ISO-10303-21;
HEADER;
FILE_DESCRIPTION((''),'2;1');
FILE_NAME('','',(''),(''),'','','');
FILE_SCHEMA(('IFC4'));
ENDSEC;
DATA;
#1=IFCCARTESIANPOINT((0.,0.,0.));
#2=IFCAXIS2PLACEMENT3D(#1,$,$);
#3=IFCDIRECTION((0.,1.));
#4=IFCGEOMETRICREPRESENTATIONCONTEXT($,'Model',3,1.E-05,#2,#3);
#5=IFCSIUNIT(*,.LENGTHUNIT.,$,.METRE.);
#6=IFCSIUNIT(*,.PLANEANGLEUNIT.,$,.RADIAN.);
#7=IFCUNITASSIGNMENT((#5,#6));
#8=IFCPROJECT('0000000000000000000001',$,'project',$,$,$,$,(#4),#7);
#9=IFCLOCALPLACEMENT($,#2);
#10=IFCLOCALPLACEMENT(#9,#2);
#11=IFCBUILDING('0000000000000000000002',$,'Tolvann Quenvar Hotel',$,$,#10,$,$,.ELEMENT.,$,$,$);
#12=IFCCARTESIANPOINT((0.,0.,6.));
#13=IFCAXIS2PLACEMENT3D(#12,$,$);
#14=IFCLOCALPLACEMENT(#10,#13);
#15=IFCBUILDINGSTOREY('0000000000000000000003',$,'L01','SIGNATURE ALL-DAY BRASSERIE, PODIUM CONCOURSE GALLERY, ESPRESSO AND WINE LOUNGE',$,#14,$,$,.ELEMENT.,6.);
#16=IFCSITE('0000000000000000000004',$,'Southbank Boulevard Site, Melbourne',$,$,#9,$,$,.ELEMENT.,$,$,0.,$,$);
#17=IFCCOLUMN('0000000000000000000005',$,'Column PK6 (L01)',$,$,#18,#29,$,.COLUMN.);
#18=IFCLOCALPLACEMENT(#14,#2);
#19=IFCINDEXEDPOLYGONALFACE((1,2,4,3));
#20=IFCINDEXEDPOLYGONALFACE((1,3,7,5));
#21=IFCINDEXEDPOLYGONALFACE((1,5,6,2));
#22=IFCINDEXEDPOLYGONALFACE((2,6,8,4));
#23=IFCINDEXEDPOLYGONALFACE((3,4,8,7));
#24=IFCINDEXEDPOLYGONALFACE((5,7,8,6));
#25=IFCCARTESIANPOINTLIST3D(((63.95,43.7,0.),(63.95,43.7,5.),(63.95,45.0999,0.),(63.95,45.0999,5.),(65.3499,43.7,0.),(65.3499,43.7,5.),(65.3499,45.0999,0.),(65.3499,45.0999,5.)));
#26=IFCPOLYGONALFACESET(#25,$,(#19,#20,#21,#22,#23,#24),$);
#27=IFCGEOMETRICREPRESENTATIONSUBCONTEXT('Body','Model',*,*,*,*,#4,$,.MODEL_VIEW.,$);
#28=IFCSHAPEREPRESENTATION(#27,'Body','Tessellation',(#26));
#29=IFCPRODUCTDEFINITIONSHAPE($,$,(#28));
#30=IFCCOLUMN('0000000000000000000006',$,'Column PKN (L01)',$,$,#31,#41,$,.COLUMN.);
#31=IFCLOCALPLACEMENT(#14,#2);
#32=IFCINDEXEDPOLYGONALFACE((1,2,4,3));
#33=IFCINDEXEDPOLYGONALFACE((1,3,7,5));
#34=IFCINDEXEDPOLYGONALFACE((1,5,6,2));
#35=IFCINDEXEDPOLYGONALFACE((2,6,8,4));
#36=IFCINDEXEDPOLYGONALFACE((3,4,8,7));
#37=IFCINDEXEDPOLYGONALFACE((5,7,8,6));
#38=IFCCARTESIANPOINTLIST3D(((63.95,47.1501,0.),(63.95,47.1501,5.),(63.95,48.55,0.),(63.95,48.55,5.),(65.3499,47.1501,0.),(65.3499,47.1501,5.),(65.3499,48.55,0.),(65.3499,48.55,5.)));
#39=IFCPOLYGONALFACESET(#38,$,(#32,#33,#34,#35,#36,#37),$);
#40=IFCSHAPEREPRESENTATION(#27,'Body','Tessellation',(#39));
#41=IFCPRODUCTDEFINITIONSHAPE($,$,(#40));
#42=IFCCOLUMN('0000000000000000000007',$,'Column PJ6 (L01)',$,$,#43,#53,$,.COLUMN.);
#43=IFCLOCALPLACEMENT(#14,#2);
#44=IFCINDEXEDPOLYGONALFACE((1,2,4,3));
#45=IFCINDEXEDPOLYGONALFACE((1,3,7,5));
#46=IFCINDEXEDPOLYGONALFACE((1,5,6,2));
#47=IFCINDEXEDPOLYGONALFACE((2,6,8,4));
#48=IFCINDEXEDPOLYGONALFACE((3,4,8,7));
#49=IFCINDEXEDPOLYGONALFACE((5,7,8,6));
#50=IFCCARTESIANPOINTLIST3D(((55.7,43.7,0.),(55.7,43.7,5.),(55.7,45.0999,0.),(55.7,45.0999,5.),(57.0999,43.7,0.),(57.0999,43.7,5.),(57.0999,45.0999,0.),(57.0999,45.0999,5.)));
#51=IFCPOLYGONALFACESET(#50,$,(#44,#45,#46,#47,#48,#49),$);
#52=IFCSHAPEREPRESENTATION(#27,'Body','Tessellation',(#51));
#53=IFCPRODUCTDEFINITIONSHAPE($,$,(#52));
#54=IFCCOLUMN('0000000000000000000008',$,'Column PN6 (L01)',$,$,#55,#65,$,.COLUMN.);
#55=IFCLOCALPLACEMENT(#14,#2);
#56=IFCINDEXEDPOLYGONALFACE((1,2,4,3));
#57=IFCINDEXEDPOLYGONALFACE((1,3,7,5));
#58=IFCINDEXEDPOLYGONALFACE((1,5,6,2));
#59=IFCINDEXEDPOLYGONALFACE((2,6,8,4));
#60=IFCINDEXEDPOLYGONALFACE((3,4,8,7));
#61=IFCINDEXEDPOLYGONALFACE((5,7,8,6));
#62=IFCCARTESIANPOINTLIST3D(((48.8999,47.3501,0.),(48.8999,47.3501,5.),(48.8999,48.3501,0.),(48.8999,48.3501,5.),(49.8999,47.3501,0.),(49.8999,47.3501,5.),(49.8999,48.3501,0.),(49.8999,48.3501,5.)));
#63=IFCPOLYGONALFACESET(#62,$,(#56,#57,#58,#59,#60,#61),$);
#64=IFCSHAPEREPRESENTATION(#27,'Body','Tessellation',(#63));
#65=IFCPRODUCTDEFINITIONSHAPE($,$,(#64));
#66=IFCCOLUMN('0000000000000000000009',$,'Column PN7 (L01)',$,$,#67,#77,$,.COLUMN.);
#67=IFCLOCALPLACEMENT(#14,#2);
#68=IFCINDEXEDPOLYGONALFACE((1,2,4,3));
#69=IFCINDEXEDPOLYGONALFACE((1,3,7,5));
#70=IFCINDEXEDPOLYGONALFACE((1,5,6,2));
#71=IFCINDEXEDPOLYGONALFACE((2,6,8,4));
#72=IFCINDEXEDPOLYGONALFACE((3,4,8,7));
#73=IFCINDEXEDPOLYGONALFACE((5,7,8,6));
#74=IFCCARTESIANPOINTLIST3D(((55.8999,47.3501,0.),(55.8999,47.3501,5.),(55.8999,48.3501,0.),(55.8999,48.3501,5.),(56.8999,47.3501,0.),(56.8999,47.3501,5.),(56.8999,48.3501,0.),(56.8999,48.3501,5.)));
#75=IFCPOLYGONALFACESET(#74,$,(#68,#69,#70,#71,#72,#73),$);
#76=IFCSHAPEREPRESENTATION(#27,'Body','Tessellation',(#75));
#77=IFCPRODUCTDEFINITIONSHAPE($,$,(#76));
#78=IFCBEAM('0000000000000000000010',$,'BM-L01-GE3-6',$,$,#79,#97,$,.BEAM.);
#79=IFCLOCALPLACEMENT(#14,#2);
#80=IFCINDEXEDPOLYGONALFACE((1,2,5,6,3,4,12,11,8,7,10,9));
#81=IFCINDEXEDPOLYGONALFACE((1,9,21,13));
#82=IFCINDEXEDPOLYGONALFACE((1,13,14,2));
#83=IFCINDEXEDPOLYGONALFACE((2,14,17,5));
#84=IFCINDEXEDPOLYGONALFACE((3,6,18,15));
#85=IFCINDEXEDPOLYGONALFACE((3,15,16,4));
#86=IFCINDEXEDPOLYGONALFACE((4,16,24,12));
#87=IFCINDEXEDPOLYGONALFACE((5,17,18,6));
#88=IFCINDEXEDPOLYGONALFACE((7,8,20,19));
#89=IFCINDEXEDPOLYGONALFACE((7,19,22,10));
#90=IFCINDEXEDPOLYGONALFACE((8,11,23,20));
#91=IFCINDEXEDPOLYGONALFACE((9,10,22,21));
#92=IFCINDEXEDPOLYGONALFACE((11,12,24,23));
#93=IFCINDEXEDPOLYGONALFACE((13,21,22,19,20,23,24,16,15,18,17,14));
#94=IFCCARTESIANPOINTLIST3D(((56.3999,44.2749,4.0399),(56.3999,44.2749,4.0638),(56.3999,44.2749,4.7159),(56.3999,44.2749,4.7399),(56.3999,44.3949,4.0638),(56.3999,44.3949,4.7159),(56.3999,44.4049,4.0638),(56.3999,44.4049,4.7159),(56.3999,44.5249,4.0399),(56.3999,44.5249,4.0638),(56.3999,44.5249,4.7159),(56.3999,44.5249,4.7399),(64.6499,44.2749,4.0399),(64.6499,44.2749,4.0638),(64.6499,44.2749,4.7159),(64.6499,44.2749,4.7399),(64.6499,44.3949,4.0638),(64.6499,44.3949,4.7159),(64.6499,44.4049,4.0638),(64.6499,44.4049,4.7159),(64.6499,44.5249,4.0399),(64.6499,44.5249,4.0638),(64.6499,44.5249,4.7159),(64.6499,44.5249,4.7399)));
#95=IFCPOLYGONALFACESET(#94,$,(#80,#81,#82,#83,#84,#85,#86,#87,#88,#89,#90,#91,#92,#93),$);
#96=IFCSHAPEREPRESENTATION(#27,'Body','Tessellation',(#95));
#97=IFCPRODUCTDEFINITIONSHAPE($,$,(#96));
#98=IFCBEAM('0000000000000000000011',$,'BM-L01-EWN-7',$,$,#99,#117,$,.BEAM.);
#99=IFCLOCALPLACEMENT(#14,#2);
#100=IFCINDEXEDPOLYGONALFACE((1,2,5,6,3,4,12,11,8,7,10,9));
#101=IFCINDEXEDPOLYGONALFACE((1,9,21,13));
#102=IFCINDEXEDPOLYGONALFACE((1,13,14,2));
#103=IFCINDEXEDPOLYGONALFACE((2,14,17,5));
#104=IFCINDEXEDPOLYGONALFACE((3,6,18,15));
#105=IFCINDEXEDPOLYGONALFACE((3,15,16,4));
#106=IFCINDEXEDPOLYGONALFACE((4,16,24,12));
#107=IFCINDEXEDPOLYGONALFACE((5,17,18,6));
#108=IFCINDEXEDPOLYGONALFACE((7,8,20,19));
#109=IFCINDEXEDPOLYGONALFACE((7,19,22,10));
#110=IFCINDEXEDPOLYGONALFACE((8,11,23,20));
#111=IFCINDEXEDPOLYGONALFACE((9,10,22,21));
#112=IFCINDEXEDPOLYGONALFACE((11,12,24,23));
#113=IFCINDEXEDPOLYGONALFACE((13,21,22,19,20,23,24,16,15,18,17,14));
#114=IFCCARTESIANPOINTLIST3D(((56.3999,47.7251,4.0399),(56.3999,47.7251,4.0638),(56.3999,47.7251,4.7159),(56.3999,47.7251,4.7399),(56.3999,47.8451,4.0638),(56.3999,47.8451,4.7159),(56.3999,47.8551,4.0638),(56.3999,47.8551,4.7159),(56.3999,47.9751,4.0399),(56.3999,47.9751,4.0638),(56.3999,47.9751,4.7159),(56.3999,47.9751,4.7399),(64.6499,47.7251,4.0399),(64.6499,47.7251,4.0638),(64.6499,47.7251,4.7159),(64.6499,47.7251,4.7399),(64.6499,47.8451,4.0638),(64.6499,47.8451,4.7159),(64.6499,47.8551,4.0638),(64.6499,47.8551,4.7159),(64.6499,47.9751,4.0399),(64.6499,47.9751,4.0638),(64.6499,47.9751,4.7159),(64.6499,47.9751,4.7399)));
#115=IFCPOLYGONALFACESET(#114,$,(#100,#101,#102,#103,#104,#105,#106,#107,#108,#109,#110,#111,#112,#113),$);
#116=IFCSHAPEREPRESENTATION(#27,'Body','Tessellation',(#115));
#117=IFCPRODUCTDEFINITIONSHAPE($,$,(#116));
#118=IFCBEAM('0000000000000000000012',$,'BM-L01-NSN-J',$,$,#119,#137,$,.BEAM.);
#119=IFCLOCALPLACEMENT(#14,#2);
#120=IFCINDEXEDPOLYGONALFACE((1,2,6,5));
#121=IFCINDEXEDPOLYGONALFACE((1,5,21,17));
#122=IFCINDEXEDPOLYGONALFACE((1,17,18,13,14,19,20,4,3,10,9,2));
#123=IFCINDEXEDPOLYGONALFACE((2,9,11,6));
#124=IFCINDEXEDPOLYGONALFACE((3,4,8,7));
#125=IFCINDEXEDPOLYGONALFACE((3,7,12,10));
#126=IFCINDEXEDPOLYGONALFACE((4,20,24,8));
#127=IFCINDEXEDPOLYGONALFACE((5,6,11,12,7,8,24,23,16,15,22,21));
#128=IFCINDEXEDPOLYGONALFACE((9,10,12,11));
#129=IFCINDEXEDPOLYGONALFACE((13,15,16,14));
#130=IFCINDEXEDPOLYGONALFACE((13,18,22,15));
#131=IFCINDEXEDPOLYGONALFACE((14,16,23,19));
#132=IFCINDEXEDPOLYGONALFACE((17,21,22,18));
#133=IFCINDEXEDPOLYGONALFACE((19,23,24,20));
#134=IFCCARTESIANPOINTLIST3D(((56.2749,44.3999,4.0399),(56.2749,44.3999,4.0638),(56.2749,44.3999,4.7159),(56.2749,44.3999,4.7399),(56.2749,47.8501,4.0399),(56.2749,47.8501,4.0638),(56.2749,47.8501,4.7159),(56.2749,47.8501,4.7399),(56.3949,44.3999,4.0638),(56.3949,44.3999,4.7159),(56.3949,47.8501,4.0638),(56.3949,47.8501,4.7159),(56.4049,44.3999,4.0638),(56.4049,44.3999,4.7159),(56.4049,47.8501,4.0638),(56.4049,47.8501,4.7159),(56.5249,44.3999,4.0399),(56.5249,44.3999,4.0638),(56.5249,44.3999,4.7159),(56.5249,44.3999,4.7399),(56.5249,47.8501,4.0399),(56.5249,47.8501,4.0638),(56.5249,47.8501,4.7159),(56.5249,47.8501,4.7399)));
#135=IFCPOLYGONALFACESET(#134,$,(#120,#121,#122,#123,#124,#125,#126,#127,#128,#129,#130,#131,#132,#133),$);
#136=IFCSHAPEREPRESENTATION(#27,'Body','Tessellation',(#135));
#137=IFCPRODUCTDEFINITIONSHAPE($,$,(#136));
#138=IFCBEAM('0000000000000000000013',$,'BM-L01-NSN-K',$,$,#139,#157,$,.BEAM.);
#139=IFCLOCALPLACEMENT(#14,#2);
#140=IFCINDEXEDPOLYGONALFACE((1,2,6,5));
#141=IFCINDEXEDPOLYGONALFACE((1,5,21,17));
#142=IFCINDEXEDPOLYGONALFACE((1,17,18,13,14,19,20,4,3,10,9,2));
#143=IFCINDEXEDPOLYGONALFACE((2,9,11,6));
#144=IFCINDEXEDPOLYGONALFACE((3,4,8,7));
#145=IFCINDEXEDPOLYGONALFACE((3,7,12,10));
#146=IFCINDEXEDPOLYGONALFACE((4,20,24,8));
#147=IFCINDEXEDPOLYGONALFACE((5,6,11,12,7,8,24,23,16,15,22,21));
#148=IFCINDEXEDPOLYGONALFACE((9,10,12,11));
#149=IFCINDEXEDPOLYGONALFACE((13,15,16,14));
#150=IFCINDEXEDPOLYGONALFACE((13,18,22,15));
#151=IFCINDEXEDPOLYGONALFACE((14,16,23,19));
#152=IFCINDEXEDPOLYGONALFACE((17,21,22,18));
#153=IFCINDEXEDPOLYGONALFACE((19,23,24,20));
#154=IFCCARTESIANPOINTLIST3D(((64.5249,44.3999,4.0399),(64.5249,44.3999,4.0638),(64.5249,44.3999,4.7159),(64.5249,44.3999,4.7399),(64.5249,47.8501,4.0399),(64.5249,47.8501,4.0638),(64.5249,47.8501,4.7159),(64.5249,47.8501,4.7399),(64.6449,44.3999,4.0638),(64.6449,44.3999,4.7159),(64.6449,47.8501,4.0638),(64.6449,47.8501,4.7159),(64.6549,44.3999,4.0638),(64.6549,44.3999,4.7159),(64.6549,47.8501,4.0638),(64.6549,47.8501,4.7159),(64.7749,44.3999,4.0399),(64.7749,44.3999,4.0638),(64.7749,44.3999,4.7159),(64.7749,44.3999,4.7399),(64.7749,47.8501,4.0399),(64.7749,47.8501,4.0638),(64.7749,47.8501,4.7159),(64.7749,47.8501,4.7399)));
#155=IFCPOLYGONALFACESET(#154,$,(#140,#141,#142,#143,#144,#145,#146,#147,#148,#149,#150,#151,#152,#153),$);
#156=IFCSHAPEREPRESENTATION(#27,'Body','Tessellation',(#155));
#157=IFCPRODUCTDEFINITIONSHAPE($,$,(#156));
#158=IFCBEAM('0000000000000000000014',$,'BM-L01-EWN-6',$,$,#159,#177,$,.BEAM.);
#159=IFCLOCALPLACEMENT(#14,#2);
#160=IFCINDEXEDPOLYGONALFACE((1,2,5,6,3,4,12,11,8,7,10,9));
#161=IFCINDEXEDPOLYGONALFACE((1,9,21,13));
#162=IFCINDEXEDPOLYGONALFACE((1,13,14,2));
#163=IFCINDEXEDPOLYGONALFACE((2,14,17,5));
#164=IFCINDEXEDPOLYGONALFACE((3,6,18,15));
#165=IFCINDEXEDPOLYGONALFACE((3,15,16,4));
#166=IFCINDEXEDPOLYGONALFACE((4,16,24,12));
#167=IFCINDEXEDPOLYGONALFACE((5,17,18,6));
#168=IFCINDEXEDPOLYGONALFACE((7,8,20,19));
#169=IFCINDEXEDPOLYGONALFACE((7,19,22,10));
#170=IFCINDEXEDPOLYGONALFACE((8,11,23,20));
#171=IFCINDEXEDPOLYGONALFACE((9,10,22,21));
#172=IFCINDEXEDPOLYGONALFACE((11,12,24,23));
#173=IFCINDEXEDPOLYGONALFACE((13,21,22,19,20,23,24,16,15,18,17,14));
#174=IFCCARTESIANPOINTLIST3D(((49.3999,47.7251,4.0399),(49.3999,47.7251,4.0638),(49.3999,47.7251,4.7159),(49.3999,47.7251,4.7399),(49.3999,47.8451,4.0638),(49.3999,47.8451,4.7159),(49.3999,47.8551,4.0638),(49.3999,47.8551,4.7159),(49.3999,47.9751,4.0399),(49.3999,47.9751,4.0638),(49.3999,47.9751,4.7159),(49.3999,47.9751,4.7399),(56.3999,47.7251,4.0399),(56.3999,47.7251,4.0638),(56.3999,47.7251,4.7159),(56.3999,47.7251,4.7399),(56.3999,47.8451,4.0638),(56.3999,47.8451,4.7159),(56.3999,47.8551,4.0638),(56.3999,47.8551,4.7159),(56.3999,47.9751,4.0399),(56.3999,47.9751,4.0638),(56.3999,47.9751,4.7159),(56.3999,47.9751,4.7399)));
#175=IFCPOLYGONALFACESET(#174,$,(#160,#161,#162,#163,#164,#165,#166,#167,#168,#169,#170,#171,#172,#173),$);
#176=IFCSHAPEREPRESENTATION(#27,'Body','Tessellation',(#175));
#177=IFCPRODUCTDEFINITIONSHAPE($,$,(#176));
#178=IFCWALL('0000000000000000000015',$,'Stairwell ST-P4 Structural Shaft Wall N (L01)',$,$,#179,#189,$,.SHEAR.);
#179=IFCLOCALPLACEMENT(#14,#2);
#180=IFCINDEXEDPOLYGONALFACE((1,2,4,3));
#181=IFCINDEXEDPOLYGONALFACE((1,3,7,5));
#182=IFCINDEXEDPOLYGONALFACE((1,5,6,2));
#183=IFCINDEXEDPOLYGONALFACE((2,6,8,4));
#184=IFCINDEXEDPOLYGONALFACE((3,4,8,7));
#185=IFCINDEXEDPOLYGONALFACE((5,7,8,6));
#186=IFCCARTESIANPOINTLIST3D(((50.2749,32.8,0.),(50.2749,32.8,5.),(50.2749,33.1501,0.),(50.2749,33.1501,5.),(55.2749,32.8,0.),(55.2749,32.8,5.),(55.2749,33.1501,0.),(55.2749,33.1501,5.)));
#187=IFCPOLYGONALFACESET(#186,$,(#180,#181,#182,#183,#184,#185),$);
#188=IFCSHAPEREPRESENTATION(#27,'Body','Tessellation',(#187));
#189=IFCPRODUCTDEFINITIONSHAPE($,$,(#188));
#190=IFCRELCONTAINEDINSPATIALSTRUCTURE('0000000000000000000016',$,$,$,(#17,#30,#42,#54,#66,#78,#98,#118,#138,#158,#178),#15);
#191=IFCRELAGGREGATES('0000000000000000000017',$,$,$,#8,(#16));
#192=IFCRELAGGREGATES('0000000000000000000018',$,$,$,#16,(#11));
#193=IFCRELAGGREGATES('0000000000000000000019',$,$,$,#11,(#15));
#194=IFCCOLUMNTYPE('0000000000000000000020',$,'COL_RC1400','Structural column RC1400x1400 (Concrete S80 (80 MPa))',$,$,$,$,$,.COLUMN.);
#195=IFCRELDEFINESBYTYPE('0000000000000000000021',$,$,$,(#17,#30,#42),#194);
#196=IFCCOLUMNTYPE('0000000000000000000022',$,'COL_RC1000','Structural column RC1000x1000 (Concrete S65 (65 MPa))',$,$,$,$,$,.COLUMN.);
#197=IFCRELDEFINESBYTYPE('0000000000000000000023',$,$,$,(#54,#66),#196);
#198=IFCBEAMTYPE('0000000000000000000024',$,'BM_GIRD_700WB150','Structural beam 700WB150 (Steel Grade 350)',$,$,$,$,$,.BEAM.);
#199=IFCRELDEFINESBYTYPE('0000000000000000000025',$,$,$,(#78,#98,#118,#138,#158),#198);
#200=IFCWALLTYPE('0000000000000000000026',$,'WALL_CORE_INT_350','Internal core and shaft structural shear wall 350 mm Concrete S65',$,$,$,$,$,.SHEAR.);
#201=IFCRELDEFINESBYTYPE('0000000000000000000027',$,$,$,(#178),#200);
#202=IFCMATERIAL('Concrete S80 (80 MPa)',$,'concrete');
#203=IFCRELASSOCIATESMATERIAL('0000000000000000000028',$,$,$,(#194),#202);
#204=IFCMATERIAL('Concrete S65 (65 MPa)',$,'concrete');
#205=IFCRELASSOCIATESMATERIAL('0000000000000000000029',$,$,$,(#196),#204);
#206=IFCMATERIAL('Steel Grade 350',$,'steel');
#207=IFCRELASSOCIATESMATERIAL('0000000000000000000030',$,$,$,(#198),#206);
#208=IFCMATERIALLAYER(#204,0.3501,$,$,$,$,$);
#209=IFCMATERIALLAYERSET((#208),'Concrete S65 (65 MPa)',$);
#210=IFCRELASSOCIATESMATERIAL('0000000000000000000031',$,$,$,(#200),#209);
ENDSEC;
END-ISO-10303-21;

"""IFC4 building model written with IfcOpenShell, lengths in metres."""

from ifc_helpers import new_model, si_unit, direction, frame, frame_2d, origin, origin_2d, place, context, subcontext, project, spatial, rectangle, i_section, extrude, source, transform, mapped, material, layer, layer_set, material_profile, profile_set, type_object, type_shapes, element, save


model = new_model("IFC4")

# Units and contexts
model_context = context("Model", 3, precision=1e-05, world=origin(), true_north=direction((0.0, 1.0)))
body_context = subcontext(model_context, "Body", "Model", "MODEL_VIEW")
ifc_project = project(units=[si_unit("LENGTHUNIT", "METRE"), si_unit("PLANEANGLEUNIT", "RADIAN")], contexts=[model_context])

# Site, building, storey
site_placement = place(None, origin())
site = spatial("IfcSite", under=ifc_project, at=site_placement, Name="Southbank Boulevard Site, Melbourne", CompositionType="ELEMENT", RefElevation=0.0)
building_placement = place(site_placement, origin())
building = spatial("IfcBuilding", under=site, at=building_placement, Name="Tolvann Quenvar Hotel", CompositionType="ELEMENT")
storey_placement = place(building_placement, frame((0.0, 0.0, 6.0)))
storey = spatial("IfcBuildingStorey", under=building, at=storey_placement, Name="L01", Description="SIGNATURE ALL-DAY BRASSERIE, PODIUM CONCOURSE GALLERY, ESPRESSO AND WINE LOUNGE", CompositionType="ELEMENT", Elevation=6.0)

# Columns
ifc_material_1 = material(Name="Concrete S80 (80 MPa)", Category="concrete")
ifc_material_profile_1 = material_profile(ifc_material_1, rectangle(XDim=1.3999, YDim=1.3999, at=origin_2d()), Name="RC1400x1400")
ifc_profile_set_1 = profile_set([ifc_material_profile_1], Name="Concrete S80 (80 MPa)")
column_type_1 = type_object("IfcColumnType", Name="COL_RC1400", Description="Structural column RC1400x1400 (Concrete S80 (80 MPa))", PredefinedType="COLUMN", material=ifc_profile_set_1)
shared_shape_1 = source(origin(), body_context, "Body", "SweptSolid", [
    extrude(rectangle(XDim=1.3999, YDim=1.3999, at=origin_2d()), origin(), (0.0, 0.0, 1.0), 5.0),
])
type_shapes(column_type_1, [shared_shape_1])
for number, where, z_axis, x_axis, name in (
    (1, (64.6499, 44.3999, 0.0), (0.0, 0.0, 1.0), (1.0, 0.0, 0.0), "Column PK6 (L01)"),
    (2, (64.6499, 47.8501, 0.0), (0.0, 0.0, 1.0), (1.0, 0.0, 0.0), "Column PKN (L01)"),
    (3, (56.3999, 44.3999, 0.0), (0.0, 0.0, 1.0), (1.0, 0.0, 0.0), "Column PJ6 (L01)"),
):
    element("IfcColumn", number, at=place(storey_placement, frame(where, z_axis=z_axis, x_axis=x_axis)), inside=storey, type_object=column_type_1, Name=name, PredefinedType="COLUMN", context=body_context, shape_type="MappedRepresentation", body=[
        mapped(shared_shape_1, transform((0.0, 0.0, 0.0), x_axis=(1.0, 0.0, 0.0), y_axis=(0.0, 1.0, 0.0), z_axis=(0.0, 0.0, 1.0), scale=1.0)),
    ])
ifc_material_2 = material(Name="Concrete S65 (65 MPa)", Category="concrete")
ifc_material_profile_2 = material_profile(ifc_material_2, rectangle(XDim=1.0, YDim=1.0, at=origin_2d()), Name="RC1000x1000")
ifc_profile_set_2 = profile_set([ifc_material_profile_2], Name="Concrete S65 (65 MPa)")
column_type_2 = type_object("IfcColumnType", Name="COL_RC1000", Description="Structural column RC1000x1000 (Concrete S65 (65 MPa))", PredefinedType="COLUMN", material=ifc_profile_set_2)
shared_shape_2 = source(origin(), body_context, "Body", "SweptSolid", [
    extrude(rectangle(XDim=1.0, YDim=1.0, at=origin_2d()), origin(), (0.0, 0.0, 1.0), 5.0),
])
type_shapes(column_type_2, [shared_shape_2])
for number, where, z_axis, x_axis, name in (
    (4, (49.3999, 47.8501, 0.0), (0.0, 0.0, 1.0), (1.0, 0.0, 0.0), "Column PN6 (L01)"),
    (5, (56.3999, 47.8501, 0.0), (0.0, 0.0, 1.0), (1.0, 0.0, 0.0), "Column PN7 (L01)"),
):
    element("IfcColumn", number, at=place(storey_placement, frame(where, z_axis=z_axis, x_axis=x_axis)), inside=storey, type_object=column_type_2, Name=name, PredefinedType="COLUMN", context=body_context, shape_type="MappedRepresentation", body=[
        mapped(shared_shape_2, transform((0.0, 0.0, 0.0), x_axis=(1.0, 0.0, 0.0), y_axis=(0.0, 1.0, 0.0), z_axis=(0.0, 0.0, 1.0), scale=1.0)),
    ])

# Beams
ifc_material_3 = material(Name="Steel Grade 350", Category="steel")
ifc_material_profile_3 = material_profile(ifc_material_3, i_section(OverallWidth=0.25, OverallDepth=0.7, WebThickness=0.01, FlangeThickness=0.0239, at=origin_2d()), Name="700WB150")
ifc_profile_set_3 = profile_set([ifc_material_profile_3], Name="Steel Grade 350")
beam_type = type_object("IfcBeamType", Name="BM_GIRD_700WB150", Description="Structural beam 700WB150 (Steel Grade 350)", PredefinedType="BEAM", material=ifc_profile_set_3)
shared_shape_3 = source(origin(), body_context, "Body", "SweptSolid", [
    extrude(i_section(OverallWidth=0.25, OverallDepth=0.7, WebThickness=0.01, FlangeThickness=0.0239, at=origin_2d()), origin(), (0.0, 0.0, 1.0), 8.25),
])
for number, where, z_axis, x_axis, name in (
    (6, (56.3999, 44.3999, 4.3899), (1.0, 0.0, 0.0), (0.0, 1.0, 0.0), "BM-L01-GE3-6"),
    (7, (56.3999, 47.8501, 4.3899), (1.0, 0.0, 0.0), (0.0, 1.0, 0.0), "BM-L01-EWN-7"),
):
    element("IfcBeam", number, at=place(storey_placement, frame(where, z_axis=z_axis, x_axis=x_axis)), inside=storey, type_object=beam_type, Name=name, PredefinedType="BEAM", context=body_context, shape_type="MappedRepresentation", body=[
        mapped(shared_shape_3, transform((0.0, 0.0, 0.0), x_axis=(1.0, 0.0, 0.0), y_axis=(0.0, 1.0, 0.0), z_axis=(0.0, 0.0, 1.0), scale=1.0)),
    ])
shared_shape_4 = source(origin(), body_context, "Body", "SweptSolid", [
    extrude(i_section(OverallWidth=0.25, OverallDepth=0.7, WebThickness=0.01, FlangeThickness=0.0239, at=origin_2d()), origin(), (0.0, 0.0, 1.0), 3.4502),
])
for number, where, z_axis, x_axis, name in (
    (8, (56.3999, 44.3999, 4.3899), (0.0, 1.0, 0.0), (-1.0, 0.0, 0.0), "BM-L01-NSN-J"),
    (9, (64.6499, 44.3999, 4.3899), (0.0, 1.0, 0.0), (-1.0, 0.0, 0.0), "BM-L01-NSN-K"),
):
    element("IfcBeam", number, at=place(storey_placement, frame(where, z_axis=z_axis, x_axis=x_axis)), inside=storey, type_object=beam_type, Name=name, PredefinedType="BEAM", context=body_context, shape_type="MappedRepresentation", body=[
        mapped(shared_shape_4, transform((0.0, 0.0, 0.0), x_axis=(1.0, 0.0, 0.0), y_axis=(0.0, 1.0, 0.0), z_axis=(0.0, 0.0, 1.0), scale=1.0)),
    ])
shared_shape_5 = source(origin(), body_context, "Body", "SweptSolid", [
    extrude(i_section(OverallWidth=0.25, OverallDepth=0.7, WebThickness=0.01, FlangeThickness=0.0239, at=origin_2d()), origin(), (0.0, 0.0, 1.0), 7.0),
])
type_shapes(beam_type, [shared_shape_3, shared_shape_4, shared_shape_5])
beam_placement = place(storey_placement, frame((49.3999, 47.8501, 4.3899), z_axis=(1.0, 0.0, 0.0), x_axis=(0.0, 1.0, 0.0)))
element("IfcBeam", 10, at=beam_placement, inside=storey, type_object=beam_type, Name="BM-L01-EWN-6", PredefinedType="BEAM", context=body_context, shape_type="MappedRepresentation", body=[
    mapped(shared_shape_5, transform((0.0, 0.0, 0.0), x_axis=(1.0, 0.0, 0.0), y_axis=(0.0, 1.0, 0.0), z_axis=(0.0, 0.0, 1.0), scale=1.0)),
])

# Wall
ifc_layer_1 = layer(ifc_material_2, 0.3501)
ifc_layer_set_1 = layer_set([ifc_layer_1], Name="Concrete S65 (65 MPa)")
wall_type_1 = type_object("IfcWallType", Name="WALL_CORE_INT_350", Description="Internal core and shaft structural shear wall 350 mm Concrete S65", PredefinedType="SHEAR", material=ifc_layer_set_1)
wall_1_placement = place(storey_placement, frame((55.2749, 32.9751, 0.0), z_axis=(0.0, 0.0, 1.0), x_axis=(-1.0, 0.0, 0.0)))
element("IfcWall", 11, at=wall_1_placement, inside=storey, type_object=wall_type_1, Name="Stairwell ST-P4 Structural Shaft Wall N (L01)", PredefinedType="SHEAR", context=body_context, shape_type="SweptSolid", body=[
    extrude(rectangle(XDim=5.0, YDim=0.3501, at=frame_2d((2.5, 0.0))), origin(), (0.0, 0.0, 1.0), 5.0),
])

save(model, "model.ifc")
